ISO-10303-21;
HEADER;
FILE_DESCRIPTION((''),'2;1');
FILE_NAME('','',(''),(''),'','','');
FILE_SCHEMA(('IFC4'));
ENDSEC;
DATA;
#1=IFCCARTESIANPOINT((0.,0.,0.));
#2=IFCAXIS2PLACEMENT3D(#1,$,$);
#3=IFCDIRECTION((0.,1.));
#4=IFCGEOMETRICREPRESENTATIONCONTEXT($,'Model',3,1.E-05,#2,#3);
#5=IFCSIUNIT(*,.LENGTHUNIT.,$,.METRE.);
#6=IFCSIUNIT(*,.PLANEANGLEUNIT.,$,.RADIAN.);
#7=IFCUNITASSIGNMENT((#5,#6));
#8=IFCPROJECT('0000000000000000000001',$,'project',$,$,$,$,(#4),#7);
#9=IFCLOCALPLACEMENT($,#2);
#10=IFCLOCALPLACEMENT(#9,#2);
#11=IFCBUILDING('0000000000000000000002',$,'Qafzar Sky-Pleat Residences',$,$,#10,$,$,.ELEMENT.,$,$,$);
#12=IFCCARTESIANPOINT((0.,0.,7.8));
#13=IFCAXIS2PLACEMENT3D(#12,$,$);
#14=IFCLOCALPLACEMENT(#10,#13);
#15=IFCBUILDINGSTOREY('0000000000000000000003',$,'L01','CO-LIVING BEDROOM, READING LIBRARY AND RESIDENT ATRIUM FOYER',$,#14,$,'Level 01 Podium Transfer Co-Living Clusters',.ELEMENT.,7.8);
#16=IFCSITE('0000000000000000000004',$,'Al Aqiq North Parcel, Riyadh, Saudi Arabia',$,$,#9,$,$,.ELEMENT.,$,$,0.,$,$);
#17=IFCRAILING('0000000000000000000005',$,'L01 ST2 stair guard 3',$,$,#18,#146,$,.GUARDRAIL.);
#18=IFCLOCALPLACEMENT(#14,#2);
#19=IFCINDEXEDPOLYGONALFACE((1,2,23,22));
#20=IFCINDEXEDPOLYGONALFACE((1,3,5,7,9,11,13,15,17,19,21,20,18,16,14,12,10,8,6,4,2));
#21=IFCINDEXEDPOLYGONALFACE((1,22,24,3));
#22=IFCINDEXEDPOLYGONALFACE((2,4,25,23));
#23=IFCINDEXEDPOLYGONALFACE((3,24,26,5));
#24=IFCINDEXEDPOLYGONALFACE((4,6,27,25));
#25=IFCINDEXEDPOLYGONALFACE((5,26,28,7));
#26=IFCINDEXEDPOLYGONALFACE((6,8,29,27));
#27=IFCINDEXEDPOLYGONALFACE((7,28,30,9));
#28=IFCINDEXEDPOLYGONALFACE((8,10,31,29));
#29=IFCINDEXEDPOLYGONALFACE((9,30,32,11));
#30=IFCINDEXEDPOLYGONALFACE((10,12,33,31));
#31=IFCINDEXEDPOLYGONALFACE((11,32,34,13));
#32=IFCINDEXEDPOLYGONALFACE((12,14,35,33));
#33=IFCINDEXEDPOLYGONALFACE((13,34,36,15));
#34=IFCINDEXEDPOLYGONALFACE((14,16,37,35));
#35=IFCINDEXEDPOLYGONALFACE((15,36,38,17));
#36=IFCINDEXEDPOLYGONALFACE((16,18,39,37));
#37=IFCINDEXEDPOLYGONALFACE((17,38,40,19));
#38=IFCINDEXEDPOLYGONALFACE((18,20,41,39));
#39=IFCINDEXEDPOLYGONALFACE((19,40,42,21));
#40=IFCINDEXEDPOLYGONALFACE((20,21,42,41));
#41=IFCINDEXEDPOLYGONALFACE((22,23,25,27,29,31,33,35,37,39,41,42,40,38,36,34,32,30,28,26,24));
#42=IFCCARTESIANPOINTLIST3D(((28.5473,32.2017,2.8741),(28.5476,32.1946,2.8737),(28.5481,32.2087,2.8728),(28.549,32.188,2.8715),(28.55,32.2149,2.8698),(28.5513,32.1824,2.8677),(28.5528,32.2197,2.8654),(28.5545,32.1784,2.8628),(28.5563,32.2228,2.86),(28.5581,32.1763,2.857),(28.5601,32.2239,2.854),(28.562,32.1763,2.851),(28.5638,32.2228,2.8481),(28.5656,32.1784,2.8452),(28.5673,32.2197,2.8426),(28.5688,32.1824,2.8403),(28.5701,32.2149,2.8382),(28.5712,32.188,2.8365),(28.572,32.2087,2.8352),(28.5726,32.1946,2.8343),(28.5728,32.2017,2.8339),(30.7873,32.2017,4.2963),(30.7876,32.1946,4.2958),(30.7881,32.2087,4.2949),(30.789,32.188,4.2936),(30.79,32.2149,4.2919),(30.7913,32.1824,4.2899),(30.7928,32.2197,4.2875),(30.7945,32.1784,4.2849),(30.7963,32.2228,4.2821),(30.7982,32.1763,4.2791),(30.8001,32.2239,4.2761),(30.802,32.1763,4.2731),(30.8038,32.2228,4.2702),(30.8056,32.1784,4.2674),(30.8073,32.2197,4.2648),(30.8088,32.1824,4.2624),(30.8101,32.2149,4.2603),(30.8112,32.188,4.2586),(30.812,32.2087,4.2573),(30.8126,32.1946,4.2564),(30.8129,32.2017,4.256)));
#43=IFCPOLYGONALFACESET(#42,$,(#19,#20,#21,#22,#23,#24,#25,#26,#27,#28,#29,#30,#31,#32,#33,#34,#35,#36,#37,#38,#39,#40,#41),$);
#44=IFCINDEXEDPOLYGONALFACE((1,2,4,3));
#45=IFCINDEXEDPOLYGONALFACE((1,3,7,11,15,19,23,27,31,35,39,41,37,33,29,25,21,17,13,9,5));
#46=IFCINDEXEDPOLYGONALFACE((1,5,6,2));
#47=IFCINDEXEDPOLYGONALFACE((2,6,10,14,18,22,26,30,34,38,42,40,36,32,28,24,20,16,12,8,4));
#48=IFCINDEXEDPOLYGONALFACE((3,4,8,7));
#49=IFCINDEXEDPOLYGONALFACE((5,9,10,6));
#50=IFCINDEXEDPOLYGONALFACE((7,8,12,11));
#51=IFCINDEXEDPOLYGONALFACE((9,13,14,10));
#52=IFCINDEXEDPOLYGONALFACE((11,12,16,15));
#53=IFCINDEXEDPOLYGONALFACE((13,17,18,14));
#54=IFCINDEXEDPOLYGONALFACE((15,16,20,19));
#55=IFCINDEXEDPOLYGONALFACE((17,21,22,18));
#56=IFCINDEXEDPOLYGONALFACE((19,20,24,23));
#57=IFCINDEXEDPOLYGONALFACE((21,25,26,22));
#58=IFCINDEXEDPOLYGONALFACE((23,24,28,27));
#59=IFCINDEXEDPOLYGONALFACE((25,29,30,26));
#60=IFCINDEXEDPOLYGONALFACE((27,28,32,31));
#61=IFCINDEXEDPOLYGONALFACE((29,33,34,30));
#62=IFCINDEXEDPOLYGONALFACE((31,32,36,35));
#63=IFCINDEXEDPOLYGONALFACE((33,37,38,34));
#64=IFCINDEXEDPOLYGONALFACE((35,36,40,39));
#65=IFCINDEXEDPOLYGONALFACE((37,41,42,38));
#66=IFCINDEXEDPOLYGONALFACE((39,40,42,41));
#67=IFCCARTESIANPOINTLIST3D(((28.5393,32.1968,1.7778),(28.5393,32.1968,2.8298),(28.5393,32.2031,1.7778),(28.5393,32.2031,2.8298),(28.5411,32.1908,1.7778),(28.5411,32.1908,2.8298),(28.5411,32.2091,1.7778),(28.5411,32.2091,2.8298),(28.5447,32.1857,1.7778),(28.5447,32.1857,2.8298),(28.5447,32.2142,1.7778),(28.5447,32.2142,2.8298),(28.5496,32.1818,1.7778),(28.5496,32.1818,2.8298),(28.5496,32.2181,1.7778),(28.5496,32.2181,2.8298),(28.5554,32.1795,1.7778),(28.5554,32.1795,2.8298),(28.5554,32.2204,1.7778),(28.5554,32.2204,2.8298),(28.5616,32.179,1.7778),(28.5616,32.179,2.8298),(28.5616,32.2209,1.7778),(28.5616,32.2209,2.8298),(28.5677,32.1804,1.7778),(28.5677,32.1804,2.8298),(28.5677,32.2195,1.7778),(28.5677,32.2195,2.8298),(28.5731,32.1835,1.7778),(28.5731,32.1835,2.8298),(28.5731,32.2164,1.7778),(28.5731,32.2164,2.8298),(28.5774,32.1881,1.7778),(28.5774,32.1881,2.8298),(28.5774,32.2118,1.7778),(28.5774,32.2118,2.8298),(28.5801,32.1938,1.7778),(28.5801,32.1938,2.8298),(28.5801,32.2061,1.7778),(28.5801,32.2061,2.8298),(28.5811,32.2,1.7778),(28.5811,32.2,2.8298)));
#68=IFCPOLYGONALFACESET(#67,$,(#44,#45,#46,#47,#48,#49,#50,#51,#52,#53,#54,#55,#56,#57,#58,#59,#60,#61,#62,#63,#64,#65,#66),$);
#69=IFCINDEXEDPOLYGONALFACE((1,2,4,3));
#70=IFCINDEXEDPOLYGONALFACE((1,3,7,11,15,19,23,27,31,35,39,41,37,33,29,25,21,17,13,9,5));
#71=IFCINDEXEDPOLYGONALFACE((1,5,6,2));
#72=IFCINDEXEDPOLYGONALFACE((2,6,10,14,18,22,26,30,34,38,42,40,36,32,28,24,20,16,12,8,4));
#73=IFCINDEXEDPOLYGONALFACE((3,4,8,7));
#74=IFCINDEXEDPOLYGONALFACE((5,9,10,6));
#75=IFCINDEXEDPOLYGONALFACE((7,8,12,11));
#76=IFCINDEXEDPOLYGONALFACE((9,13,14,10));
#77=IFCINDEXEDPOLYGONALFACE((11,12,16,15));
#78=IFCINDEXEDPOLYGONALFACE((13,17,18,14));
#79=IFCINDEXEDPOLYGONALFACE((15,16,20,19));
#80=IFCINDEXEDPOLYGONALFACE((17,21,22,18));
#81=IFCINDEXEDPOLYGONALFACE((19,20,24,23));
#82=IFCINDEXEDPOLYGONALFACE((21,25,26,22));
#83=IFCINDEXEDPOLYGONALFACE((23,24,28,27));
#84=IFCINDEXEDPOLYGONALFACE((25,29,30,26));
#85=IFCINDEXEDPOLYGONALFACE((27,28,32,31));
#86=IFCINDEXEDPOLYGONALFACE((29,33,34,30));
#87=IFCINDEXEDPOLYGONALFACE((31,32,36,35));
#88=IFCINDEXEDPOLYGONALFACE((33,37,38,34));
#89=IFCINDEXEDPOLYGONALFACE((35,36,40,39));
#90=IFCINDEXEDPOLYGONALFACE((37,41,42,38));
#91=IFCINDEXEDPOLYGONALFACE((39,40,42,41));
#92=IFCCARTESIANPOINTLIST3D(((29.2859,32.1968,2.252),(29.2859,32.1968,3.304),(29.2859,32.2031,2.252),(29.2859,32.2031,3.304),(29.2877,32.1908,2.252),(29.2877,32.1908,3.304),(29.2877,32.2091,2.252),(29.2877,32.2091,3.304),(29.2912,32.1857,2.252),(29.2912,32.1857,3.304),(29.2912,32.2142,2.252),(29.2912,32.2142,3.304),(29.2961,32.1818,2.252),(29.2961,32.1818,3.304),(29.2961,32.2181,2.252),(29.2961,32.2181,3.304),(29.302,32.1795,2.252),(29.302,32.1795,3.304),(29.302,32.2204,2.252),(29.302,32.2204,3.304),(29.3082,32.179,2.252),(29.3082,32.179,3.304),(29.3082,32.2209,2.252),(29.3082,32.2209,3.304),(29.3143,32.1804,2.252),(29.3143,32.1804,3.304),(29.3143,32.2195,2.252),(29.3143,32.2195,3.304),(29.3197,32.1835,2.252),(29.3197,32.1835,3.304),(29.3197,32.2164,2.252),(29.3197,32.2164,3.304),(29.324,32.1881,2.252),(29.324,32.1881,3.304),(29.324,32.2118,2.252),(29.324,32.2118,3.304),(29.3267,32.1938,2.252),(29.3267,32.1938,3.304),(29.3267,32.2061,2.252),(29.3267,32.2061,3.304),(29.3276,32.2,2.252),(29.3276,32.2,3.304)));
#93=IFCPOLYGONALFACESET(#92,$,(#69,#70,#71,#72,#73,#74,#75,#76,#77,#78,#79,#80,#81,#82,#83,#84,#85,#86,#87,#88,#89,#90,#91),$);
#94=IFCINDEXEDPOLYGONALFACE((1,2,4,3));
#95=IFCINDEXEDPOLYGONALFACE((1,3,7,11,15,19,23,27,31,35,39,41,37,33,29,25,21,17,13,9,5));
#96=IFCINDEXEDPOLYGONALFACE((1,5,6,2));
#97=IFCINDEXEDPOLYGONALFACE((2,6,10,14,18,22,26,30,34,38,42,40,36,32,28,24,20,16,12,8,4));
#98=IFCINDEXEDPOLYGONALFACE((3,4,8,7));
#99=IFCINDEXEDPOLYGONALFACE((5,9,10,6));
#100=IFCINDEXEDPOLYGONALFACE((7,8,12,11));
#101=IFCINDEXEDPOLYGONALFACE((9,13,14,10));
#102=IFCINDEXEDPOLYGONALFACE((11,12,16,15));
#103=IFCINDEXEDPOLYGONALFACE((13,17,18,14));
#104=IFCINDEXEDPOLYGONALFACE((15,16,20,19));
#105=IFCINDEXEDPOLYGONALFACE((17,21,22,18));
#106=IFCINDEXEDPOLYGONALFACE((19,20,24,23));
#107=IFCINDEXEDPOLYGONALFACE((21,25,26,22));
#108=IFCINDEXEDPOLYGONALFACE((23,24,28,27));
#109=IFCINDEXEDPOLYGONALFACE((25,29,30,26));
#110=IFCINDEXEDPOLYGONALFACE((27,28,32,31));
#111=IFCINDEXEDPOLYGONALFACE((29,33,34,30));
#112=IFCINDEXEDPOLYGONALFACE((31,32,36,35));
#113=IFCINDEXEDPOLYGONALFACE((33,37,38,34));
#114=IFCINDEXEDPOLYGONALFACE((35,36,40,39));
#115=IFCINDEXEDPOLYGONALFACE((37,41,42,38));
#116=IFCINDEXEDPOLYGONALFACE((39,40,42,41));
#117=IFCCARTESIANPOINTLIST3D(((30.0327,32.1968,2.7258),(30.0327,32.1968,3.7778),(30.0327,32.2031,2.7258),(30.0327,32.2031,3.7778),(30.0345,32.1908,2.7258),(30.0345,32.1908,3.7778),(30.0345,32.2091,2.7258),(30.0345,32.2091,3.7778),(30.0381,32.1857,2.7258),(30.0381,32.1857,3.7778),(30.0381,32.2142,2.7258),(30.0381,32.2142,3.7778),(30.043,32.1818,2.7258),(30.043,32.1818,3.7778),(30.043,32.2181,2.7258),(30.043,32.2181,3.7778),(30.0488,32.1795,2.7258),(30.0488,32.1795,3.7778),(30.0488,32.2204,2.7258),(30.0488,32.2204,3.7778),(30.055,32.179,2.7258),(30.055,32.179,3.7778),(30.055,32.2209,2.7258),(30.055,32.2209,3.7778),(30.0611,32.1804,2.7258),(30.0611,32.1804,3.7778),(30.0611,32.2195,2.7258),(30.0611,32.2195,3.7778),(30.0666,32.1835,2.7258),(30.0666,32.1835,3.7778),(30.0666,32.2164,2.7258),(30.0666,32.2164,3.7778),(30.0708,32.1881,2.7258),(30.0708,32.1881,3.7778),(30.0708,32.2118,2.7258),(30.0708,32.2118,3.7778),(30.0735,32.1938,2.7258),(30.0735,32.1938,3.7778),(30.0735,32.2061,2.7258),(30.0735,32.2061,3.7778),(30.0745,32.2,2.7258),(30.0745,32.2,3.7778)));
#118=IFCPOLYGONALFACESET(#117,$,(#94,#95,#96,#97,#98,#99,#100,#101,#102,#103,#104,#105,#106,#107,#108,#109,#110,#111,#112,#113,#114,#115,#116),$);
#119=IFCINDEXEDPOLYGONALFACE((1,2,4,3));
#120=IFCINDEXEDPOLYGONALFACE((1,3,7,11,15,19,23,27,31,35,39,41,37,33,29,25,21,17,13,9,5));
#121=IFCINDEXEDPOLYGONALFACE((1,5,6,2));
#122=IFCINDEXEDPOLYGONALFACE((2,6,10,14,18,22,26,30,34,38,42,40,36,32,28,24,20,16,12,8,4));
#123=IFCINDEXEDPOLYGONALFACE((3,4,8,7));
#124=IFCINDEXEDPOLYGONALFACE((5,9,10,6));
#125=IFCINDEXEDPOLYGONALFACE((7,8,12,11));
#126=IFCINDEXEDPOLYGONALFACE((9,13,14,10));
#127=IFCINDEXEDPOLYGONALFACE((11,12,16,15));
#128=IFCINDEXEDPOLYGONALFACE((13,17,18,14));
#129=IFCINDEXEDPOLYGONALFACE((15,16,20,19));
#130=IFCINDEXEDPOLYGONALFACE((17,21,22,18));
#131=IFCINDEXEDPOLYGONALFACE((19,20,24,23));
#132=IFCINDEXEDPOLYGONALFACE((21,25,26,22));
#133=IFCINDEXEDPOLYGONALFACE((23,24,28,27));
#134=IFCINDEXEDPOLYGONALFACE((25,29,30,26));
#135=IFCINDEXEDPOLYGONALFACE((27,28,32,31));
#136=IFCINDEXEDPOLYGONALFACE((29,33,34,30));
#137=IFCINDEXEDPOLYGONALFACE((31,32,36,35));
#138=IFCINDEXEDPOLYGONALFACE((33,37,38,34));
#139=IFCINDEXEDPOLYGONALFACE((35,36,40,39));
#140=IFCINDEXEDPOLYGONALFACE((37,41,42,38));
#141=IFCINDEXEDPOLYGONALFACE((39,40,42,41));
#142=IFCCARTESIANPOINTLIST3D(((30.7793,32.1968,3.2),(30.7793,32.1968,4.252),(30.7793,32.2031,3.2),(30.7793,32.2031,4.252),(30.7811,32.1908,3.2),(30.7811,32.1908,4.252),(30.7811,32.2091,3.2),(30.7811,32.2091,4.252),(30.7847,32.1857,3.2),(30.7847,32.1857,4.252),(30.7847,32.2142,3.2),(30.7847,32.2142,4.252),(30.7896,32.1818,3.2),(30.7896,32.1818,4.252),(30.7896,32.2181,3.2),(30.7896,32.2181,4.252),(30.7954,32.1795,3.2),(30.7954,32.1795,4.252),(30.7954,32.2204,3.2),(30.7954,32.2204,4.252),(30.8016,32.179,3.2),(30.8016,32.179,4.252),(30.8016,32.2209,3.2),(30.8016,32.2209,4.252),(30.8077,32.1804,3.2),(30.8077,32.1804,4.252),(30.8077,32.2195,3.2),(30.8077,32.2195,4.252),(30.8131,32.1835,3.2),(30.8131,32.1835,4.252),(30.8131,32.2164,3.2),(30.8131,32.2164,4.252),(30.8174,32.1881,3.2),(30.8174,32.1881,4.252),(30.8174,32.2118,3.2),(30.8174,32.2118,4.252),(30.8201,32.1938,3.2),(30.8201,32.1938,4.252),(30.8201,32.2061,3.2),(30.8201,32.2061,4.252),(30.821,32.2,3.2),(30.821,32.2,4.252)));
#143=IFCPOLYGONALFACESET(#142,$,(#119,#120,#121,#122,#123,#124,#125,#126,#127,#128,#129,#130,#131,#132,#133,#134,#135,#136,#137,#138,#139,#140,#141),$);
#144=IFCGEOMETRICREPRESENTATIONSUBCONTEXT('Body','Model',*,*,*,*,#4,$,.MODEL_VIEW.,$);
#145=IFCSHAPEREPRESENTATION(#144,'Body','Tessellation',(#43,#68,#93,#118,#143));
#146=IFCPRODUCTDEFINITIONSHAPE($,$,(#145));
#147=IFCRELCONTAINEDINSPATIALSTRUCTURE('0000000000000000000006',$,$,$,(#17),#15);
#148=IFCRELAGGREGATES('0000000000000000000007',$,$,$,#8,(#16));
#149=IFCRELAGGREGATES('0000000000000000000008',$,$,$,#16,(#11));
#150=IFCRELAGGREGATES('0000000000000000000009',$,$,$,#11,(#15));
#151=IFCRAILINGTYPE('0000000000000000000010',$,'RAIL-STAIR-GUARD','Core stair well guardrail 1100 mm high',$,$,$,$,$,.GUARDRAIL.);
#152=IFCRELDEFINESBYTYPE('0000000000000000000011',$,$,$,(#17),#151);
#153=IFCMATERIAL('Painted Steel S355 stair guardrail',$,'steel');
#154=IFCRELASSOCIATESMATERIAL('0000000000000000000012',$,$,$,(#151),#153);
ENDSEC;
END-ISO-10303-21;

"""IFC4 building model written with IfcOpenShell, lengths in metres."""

from ifc_helpers import new_model, si_unit, direction, frame, origin, origin_2d, place, context, subcontext, project, spatial, circle, extrude, source, transform, mapped, material, type_object, element, save


model = new_model("IFC4")

# Units and contexts
model_context = context("Model", 3, precision=1e-05, world=origin(), true_north=direction((0.0, 1.0)))
body_context = subcontext(model_context, "Body", "Model", "MODEL_VIEW")
ifc_project = project(units=[si_unit("LENGTHUNIT", "METRE"), si_unit("PLANEANGLEUNIT", "RADIAN")], contexts=[model_context])

# Site, building, storey
site_placement = place(None, origin())
site = spatial("IfcSite", under=ifc_project, at=site_placement, Name="Al Aqiq North Parcel, Riyadh, Saudi Arabia", CompositionType="ELEMENT", RefElevation=0.0)
building_placement = place(site_placement, origin())
building = spatial("IfcBuilding", under=site, at=building_placement, Name="Qafzar Sky-Pleat Residences", CompositionType="ELEMENT")
storey_placement = place(building_placement, frame((0.0, 0.0, 7.8)))
storey = spatial("IfcBuildingStorey", under=building, at=storey_placement, Name="L01", Description="CO-LIVING BEDROOM, READING LIBRARY AND RESIDENT ATRIUM FOYER", LongName="Level 01 Podium Transfer Co-Living Clusters", CompositionType="ELEMENT", Elevation=7.8)

# Railing
ifc_material_1 = material(Name="Painted Steel S355 stair guardrail", Category="steel")
railing_type_1 = type_object("IfcRailingType", Name="RAIL-STAIR-GUARD", Description="Core stair well guardrail 1100 mm high", PredefinedType="GUARDRAIL", material=ifc_material_1)
shared_shape_1 = source(origin(), body_context, "Body", "SweptSolid", [
    extrude(circle(Radius=0.0239, at=origin_2d()), frame((0.0, 0.0, 1.0762), z_axis=(0.844229, 0.0, 0.535982), x_axis=(0.0, 1.0, 0.0)), (0.0, 0.0, 1.0), 2.6533),
    extrude(circle(Radius=0.021, at=origin_2d()), origin(), (0.0, 0.0, 1.0), 1.052),
    extrude(circle(Radius=0.021, at=origin_2d()), frame((0.7466, 0.0, 0.4741)), (0.0, 0.0, 1.0), 1.052),
    extrude(circle(Radius=0.021, at=origin_2d()), frame((1.4934, 0.0, 0.948)), (0.0, 0.0, 1.0), 1.052),
    extrude(circle(Radius=0.021, at=origin_2d()), frame((2.24, 0.0, 1.4221)), (0.0, 0.0, 1.0), 1.052),
])
railing_1_placement = place(storey_placement, frame((28.5601, 32.2, 1.7778)))
element("IfcRailing", 1, at=railing_1_placement, inside=storey, type_object=railing_type_1, Name="L01 ST2 stair guard 3", PredefinedType="GUARDRAIL", context=body_context, shape_type="MappedRepresentation", body=[
    mapped(shared_shape_1, transform((0.0, 0.0, 0.0), x_axis=(1.0, 0.0, 0.0), y_axis=(0.0, 1.0, 0.0), z_axis=(0.0, 0.0, 1.0), scale=1.0)),
])

save(model, "model.ifc")
